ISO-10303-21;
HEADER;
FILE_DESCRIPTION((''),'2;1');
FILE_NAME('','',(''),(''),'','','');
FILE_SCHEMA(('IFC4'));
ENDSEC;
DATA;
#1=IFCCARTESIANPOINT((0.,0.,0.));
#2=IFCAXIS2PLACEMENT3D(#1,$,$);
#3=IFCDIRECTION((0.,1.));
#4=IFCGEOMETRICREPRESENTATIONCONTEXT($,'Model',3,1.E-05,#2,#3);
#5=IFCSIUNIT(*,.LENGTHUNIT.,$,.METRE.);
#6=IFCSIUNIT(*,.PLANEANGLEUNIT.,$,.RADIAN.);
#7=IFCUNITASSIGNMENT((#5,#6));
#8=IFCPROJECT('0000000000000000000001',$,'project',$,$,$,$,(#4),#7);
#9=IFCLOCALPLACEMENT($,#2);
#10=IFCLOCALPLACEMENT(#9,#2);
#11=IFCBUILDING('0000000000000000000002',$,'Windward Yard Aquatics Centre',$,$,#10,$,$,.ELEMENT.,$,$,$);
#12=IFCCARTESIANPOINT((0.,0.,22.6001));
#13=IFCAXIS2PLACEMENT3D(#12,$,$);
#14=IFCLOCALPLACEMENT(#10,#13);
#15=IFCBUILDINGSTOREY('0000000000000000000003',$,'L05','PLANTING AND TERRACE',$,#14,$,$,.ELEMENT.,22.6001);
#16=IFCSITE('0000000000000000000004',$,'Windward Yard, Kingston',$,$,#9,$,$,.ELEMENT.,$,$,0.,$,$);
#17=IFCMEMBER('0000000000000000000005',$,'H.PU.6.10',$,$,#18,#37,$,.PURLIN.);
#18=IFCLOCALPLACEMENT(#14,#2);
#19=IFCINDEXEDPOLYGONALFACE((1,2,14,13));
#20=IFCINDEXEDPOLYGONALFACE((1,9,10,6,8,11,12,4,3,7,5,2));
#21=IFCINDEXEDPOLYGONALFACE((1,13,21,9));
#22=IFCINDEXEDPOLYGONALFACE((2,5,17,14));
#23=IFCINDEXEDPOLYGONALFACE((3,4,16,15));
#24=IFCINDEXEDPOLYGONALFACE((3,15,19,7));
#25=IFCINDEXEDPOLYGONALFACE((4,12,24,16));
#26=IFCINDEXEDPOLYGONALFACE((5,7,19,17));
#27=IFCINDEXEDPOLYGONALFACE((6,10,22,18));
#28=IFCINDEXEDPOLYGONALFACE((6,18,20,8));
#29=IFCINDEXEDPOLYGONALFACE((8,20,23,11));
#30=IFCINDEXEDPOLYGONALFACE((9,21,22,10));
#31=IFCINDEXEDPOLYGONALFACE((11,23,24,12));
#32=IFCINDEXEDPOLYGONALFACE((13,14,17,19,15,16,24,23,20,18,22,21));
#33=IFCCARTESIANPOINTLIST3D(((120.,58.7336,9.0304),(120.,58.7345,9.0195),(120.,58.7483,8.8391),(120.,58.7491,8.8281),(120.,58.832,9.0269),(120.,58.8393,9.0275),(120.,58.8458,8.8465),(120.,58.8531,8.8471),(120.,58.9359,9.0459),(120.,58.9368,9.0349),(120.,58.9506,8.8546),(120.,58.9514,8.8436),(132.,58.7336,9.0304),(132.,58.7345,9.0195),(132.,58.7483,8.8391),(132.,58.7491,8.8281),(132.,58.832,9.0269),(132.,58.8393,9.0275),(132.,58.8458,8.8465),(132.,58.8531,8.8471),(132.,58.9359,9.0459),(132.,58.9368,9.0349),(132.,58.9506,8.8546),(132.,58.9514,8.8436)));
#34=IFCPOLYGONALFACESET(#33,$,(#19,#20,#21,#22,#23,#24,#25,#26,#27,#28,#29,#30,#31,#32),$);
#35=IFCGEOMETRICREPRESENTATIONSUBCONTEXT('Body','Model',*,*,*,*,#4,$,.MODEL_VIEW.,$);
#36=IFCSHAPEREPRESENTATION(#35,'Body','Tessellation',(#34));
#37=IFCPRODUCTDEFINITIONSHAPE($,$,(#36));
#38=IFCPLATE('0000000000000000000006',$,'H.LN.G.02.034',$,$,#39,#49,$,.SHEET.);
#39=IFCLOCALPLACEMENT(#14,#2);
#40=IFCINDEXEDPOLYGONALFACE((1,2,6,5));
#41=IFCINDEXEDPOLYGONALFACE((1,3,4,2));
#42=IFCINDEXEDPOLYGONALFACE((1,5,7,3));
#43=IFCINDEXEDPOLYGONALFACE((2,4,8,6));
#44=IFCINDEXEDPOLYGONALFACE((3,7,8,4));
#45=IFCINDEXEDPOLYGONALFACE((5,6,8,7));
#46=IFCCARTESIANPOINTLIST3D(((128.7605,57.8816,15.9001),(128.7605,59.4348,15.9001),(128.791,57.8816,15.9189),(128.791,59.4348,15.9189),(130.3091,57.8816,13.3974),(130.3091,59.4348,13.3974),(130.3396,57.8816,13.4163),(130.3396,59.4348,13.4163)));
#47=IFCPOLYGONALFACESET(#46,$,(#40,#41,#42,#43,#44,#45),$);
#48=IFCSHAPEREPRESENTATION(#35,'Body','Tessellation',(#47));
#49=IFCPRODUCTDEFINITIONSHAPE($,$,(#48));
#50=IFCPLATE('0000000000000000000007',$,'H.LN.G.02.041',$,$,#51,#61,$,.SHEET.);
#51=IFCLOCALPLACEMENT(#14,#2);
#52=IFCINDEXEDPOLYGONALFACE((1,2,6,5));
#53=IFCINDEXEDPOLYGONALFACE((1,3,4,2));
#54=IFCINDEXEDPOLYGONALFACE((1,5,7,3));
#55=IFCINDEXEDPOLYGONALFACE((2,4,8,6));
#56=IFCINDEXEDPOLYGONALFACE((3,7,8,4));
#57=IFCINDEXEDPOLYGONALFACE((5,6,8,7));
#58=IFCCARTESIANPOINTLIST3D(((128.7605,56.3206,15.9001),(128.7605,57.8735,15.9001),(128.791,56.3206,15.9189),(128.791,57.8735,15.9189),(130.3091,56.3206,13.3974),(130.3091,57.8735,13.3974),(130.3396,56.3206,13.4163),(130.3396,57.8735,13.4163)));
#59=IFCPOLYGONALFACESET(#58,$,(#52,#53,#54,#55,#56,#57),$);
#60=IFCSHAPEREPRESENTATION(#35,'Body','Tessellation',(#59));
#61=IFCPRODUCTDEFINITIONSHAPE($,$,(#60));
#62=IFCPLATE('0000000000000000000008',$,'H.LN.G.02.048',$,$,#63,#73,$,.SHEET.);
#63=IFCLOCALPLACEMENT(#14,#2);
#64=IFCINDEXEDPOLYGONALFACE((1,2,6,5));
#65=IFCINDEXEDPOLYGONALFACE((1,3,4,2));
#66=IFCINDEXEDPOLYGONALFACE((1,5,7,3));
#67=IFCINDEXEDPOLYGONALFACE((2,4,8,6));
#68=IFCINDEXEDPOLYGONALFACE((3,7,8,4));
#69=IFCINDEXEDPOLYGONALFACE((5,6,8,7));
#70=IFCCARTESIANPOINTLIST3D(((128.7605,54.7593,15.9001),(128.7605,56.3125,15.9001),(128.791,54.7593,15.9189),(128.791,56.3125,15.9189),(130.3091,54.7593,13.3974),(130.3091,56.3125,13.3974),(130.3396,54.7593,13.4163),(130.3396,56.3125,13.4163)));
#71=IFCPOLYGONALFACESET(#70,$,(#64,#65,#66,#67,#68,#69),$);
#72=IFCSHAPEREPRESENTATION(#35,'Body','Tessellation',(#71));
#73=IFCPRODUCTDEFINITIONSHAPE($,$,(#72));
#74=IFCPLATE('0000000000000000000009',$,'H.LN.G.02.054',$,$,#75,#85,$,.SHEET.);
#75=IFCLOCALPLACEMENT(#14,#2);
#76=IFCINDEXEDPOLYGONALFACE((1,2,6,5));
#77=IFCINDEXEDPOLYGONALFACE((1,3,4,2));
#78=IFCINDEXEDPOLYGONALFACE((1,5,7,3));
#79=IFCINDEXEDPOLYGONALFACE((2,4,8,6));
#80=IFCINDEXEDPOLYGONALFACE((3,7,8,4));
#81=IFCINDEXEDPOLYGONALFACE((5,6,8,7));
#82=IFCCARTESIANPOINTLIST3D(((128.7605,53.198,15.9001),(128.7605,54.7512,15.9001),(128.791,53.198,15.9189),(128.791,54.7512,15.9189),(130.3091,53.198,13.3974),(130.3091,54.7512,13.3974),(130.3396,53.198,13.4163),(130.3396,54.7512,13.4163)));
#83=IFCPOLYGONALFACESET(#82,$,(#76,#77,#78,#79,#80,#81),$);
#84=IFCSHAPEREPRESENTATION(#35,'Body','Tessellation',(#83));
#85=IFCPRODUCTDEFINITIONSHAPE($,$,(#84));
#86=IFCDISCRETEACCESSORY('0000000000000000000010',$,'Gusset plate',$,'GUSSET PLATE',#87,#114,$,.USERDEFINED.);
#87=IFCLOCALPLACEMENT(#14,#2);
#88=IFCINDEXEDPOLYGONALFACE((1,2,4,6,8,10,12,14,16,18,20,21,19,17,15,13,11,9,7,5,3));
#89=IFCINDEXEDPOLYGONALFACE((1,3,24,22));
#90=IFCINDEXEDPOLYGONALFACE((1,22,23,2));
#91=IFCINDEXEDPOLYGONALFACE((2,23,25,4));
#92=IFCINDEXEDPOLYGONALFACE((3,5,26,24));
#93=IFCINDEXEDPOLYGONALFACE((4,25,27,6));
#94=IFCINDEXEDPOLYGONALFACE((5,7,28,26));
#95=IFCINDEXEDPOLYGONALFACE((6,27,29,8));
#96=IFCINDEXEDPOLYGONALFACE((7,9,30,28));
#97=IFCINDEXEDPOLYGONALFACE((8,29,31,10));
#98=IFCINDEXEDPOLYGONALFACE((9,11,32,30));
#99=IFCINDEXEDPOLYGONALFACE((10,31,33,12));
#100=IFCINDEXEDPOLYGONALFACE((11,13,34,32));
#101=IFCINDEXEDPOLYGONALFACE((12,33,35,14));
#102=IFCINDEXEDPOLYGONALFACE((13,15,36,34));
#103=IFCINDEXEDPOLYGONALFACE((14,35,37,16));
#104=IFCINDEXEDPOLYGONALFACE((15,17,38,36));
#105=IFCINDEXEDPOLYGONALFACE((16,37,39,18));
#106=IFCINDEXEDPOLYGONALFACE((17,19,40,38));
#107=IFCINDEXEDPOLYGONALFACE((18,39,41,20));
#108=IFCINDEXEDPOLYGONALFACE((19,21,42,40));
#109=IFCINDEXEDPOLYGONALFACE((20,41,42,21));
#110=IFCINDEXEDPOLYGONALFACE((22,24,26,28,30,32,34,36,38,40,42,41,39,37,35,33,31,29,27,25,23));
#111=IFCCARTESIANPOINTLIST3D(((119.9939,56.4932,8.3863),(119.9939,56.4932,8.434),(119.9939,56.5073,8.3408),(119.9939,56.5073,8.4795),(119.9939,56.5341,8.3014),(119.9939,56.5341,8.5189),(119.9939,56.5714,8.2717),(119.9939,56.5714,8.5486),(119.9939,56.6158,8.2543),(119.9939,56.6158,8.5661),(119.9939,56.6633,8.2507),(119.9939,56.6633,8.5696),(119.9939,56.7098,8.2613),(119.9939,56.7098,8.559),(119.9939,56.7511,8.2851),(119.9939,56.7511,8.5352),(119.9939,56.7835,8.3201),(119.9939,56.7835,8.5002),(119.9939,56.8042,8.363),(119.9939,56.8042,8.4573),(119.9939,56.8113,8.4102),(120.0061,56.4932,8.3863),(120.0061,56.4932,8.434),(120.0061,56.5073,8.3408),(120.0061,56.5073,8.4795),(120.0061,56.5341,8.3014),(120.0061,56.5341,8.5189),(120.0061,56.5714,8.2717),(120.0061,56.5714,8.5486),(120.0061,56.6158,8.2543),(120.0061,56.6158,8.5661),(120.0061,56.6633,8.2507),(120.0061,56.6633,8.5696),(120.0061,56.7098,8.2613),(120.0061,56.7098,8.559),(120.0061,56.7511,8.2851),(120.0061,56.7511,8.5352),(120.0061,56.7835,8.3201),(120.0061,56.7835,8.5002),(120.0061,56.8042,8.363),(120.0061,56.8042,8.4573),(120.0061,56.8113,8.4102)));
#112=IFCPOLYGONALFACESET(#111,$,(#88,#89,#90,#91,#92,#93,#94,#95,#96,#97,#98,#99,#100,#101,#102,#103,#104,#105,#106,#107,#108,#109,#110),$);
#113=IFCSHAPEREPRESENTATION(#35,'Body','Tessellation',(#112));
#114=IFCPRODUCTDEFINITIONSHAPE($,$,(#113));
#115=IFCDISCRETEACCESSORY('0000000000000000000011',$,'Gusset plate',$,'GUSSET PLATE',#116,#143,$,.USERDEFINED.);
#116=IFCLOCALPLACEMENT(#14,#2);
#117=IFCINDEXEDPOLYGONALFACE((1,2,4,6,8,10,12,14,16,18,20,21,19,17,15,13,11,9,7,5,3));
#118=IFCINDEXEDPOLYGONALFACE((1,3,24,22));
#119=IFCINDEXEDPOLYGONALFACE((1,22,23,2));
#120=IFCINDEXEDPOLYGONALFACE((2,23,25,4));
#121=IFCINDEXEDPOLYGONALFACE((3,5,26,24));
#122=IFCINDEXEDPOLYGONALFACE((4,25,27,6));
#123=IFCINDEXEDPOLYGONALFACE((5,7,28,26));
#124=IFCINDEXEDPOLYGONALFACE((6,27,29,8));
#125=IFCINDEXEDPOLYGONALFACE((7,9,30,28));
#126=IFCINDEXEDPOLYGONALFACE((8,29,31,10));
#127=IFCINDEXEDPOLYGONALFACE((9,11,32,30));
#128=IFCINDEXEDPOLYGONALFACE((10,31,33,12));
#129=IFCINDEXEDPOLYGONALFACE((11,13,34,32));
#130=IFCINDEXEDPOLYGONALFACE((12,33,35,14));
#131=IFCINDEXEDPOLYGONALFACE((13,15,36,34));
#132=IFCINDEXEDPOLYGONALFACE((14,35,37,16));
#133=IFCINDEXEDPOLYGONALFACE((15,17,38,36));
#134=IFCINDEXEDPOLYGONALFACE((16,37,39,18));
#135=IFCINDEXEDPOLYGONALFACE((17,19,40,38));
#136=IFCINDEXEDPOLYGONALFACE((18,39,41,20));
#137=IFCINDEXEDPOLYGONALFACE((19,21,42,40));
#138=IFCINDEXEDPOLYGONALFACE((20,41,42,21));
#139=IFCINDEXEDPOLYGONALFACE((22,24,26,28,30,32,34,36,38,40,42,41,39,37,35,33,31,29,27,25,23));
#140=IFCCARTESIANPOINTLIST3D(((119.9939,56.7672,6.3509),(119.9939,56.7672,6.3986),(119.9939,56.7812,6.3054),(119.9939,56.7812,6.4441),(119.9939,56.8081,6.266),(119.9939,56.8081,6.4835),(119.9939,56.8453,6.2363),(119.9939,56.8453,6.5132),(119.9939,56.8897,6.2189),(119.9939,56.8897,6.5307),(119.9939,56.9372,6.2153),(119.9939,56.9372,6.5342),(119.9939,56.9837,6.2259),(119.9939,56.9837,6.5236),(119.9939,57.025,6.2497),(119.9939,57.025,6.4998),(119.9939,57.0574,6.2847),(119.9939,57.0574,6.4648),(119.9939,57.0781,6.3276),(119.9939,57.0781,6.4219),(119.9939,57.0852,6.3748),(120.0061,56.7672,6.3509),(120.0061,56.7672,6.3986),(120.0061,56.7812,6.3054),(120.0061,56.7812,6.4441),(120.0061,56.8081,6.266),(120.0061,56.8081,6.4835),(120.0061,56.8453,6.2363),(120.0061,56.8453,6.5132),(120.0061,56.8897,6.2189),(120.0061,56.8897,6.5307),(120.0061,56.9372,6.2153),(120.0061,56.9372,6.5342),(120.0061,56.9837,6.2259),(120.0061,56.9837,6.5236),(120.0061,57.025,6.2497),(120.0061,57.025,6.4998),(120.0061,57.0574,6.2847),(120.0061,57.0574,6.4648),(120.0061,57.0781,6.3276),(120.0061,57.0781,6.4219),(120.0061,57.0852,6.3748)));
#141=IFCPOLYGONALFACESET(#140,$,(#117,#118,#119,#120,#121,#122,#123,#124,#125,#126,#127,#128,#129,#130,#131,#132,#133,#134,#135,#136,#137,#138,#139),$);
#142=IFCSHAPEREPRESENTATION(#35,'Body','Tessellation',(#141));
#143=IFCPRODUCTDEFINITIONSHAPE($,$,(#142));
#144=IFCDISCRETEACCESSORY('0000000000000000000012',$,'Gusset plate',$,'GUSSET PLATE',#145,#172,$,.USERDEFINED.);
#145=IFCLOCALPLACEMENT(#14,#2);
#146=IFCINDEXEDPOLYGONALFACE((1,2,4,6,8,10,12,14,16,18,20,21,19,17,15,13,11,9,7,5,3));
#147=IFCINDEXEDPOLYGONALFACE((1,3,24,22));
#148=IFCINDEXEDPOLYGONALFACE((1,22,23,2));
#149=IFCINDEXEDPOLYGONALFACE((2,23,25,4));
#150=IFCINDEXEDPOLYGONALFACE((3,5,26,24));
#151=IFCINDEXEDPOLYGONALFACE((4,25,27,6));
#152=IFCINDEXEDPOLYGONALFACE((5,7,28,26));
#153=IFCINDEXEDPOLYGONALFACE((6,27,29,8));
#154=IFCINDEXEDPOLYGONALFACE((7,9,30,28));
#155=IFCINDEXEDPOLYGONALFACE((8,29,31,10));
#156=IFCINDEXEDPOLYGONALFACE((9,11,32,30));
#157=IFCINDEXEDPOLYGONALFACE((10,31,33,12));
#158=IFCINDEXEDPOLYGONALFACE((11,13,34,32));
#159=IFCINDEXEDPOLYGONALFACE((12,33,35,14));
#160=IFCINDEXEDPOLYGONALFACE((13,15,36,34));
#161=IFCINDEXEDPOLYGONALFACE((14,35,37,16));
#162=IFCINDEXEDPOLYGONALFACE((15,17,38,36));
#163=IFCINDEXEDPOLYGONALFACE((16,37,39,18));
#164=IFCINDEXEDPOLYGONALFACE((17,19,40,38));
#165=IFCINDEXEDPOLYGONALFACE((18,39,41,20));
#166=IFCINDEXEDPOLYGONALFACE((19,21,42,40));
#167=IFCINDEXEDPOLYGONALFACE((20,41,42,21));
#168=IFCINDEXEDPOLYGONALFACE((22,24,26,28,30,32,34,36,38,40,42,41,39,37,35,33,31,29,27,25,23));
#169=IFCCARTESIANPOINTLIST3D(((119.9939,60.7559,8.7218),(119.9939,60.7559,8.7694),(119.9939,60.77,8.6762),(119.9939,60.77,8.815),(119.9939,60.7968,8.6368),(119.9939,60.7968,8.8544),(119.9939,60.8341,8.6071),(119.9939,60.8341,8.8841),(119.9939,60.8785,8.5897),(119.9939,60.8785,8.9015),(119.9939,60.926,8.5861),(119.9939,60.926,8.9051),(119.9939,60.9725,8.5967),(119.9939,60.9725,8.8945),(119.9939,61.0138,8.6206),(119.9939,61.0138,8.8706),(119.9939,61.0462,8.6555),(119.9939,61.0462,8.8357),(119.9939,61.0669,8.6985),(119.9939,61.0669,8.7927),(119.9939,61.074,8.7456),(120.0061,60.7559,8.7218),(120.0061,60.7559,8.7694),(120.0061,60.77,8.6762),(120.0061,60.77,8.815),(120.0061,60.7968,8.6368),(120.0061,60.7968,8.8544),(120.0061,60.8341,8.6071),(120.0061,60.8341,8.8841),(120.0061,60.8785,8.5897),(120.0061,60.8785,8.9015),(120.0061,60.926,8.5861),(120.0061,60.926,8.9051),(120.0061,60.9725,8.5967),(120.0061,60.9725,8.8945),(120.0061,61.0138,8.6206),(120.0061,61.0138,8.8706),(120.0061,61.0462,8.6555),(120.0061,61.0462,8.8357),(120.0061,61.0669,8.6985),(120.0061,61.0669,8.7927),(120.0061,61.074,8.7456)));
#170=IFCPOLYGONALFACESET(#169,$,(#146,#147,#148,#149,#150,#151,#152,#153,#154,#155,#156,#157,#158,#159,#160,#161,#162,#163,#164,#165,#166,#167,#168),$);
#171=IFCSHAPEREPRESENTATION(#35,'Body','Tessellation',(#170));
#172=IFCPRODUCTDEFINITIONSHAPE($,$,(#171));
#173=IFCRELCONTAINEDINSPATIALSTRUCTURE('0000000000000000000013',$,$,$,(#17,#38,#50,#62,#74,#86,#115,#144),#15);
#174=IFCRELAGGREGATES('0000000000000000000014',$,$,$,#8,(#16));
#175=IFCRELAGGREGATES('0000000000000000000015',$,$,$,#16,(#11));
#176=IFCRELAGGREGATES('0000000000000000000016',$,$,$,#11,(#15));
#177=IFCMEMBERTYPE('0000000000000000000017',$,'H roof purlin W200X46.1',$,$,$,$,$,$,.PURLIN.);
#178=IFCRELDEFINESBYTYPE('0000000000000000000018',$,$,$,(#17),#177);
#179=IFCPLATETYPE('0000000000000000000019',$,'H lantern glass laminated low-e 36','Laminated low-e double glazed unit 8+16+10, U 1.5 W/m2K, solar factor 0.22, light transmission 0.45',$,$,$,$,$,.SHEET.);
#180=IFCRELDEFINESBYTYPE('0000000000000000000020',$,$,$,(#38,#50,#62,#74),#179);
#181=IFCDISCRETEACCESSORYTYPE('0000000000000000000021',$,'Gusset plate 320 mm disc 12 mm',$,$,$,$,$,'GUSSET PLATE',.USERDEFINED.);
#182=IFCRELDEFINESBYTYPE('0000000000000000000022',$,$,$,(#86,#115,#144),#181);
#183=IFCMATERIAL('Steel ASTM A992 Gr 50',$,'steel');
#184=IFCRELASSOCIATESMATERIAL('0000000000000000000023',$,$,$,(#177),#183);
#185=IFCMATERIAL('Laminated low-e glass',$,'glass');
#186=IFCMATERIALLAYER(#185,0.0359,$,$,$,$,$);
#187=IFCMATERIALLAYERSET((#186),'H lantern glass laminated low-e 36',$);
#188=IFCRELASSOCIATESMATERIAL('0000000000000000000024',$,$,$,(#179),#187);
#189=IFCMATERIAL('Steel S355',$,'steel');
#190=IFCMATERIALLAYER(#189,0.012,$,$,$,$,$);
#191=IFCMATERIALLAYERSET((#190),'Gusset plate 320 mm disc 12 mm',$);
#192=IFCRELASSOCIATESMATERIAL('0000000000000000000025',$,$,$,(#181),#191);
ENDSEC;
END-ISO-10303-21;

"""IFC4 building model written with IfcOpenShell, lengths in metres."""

from ifc_helpers import new_model, si_unit, direction, frame, origin, origin_2d, place, context, subcontext, project, spatial, polyline, circle, i_section, outline, extrude, material, layer, layer_set, material_profile, profile_set, type_object, element, save


model = new_model("IFC4")

# Units and contexts
model_context = context("Model", 3, precision=1e-05, world=origin(), true_north=direction((0.0, 1.0)))
body_context = subcontext(model_context, "Body", "Model", "MODEL_VIEW")
ifc_project = project(units=[si_unit("LENGTHUNIT", "METRE"), si_unit("PLANEANGLEUNIT", "RADIAN")], contexts=[model_context])

# Site, building, storey
site_placement = place(None, origin())
site = spatial("IfcSite", under=ifc_project, at=site_placement, Name="Windward Yard, Kingston", CompositionType="ELEMENT", RefElevation=0.0)
building_placement = place(site_placement, origin())
building = spatial("IfcBuilding", under=site, at=building_placement, Name="Windward Yard Aquatics Centre", CompositionType="ELEMENT")
storey_placement = place(building_placement, frame((0.0, 0.0, 22.6001)))
storey = spatial("IfcBuildingStorey", under=building, at=storey_placement, Name="L05", Description="PLANTING AND TERRACE", CompositionType="ELEMENT", Elevation=22.6001)

# Member
ifc_material_1 = material(Name="Steel ASTM A992 Gr 50", Category="steel")
ifc_material_profile_1 = material_profile(ifc_material_1, i_section(OverallWidth=0.2029, OverallDepth=0.2029, WebThickness=0.0073, FlangeThickness=0.011, at=origin_2d()), Name="W200X46.1")
ifc_profile_set_1 = profile_set([ifc_material_profile_1], Name="Steel ASTM A992 Gr 50")
member_type_1 = type_object("IfcMemberType", Name="H roof purlin W200X46.1", PredefinedType="PURLIN", material=ifc_profile_set_1)
for number, where, z_axis, x_axis, name in (
    (1, (120.0, 58.8425, 8.937), (1.0, 0.0, 0.0), (0.0, 0.997081, 0.076354), "H.PU.6.10"),
):
    element("IfcMember", number, at=place(storey_placement, frame(where, z_axis=z_axis, x_axis=x_axis)), inside=storey, type_object=member_type_1, Name=name, PredefinedType="PURLIN", context=body_context, shape_type="SweptSolid", body=[
        extrude(i_section(OverallWidth=0.2029, OverallDepth=0.2029, WebThickness=0.0073, FlangeThickness=0.011, at=origin_2d()), origin(), (0.0, 0.0, 1.0), 12.0),
    ])

# Plates
ifc_material_2 = material(Name="Laminated low-e glass", Category="glass")
ifc_layer_1 = layer(ifc_material_2, 0.0359)
ifc_layer_set_1 = layer_set([ifc_layer_1], Name="H lantern glass laminated low-e 36")
plate_type = type_object("IfcPlateType", Name="H lantern glass laminated low-e 36", Description="Laminated low-e double glazed unit 8+16+10, U 1.5 W/m2K, solar factor 0.22, light transmission 0.45", PredefinedType="SHEET", material=ifc_layer_set_1)
plate_1_placement = place(storey_placement, frame((128.791, 57.8816, 15.9189), z_axis=(0.850371, 0.0, 0.526183), x_axis=(0.0, 1.0, 0.0)))
element("IfcPlate", 2, at=plate_1_placement, inside=storey, type_object=plate_type, Name="H.LN.G.02.034", PredefinedType="SHEET", context=body_context, shape_type="SweptSolid", body=[
    extrude(outline(polyline([(0.0, 0.0), (1.5532, 0.0), (1.5532, -2.9431), (0.0, -2.9431), (0.0, 0.0)])), origin(), (0.0, 0.0, -1.0), 0.0359),
])
plate_2_placement = place(storey_placement, frame((128.791, 56.3206, 15.9189), z_axis=(0.850371, 0.0, 0.526183), x_axis=(0.0, 1.0, 0.0)))
element("IfcPlate", 3, at=plate_2_placement, inside=storey, type_object=plate_type, Name="H.LN.G.02.041", PredefinedType="SHEET", context=body_context, shape_type="SweptSolid", body=[
    extrude(outline(polyline([(0.0, 0.0), (1.553, 0.0), (1.553, -2.9431), (0.0, -2.9431), (0.0, 0.0)])), origin(), (0.0, 0.0, -1.0), 0.0359),
])
for number, where, z_axis, x_axis, name in (
    (4, (128.791, 54.7593, 15.9189), (0.850371, 0.0, 0.526183), (0.0, 1.0, 0.0), "H.LN.G.02.048"),
    (5, (128.791, 53.198, 15.9189), (0.850371, 0.0, 0.526183), (0.0, 1.0, 0.0), "H.LN.G.02.054"),
):
    element("IfcPlate", number, at=place(storey_placement, frame(where, z_axis=z_axis, x_axis=x_axis)), inside=storey, type_object=plate_type, Name=name, PredefinedType="SHEET", context=body_context, shape_type="SweptSolid", body=[
        extrude(outline(polyline([(0.0, 0.0), (1.5532, 0.0), (1.5532, -2.9431), (0.0, -2.9431), (0.0, 0.0)])), origin(), (0.0, 0.0, -1.0), 0.0359),
    ])

# Discrete accessories
ifc_material_3 = material(Name="Steel S355", Category="steel")
ifc_layer_2 = layer(ifc_material_3, 0.012)
ifc_layer_set_2 = layer_set([ifc_layer_2], Name="Gusset plate 320 mm disc 12 mm")
discrete_accessory_type = type_object("IfcDiscreteAccessoryType", Name="Gusset plate 320 mm disc 12 mm", ElementType="GUSSET PLATE", PredefinedType="USERDEFINED", material=ifc_layer_set_2)
for number, where, z_axis, x_axis, name in (
    (6, (119.9939, 56.6514, 8.4102), (1.0, 0.0, 0.0), (0.0, 1.0, 0.0), "Gusset plate"),
    (7, (119.9939, 56.9253, 6.3748), (1.0, 0.0, 0.0), (0.0, 1.0, 0.0), "Gusset plate"),
    (8, (119.9939, 60.9141, 8.7456), (1.0, 0.0, 0.0), (0.0, 1.0, 0.0), "Gusset plate"),
):
    element("IfcDiscreteAccessory", number, at=place(storey_placement, frame(where, z_axis=z_axis, x_axis=x_axis)), inside=storey, type_object=discrete_accessory_type, Name=name, ObjectType="GUSSET PLATE", PredefinedType="USERDEFINED", context=body_context, shape_type="SweptSolid", body=[
        extrude(circle(Radius=0.1599, at=origin_2d()), origin(), (0.0, 0.0, 1.0), 0.0122),
    ])

save(model, "model.ifc")
